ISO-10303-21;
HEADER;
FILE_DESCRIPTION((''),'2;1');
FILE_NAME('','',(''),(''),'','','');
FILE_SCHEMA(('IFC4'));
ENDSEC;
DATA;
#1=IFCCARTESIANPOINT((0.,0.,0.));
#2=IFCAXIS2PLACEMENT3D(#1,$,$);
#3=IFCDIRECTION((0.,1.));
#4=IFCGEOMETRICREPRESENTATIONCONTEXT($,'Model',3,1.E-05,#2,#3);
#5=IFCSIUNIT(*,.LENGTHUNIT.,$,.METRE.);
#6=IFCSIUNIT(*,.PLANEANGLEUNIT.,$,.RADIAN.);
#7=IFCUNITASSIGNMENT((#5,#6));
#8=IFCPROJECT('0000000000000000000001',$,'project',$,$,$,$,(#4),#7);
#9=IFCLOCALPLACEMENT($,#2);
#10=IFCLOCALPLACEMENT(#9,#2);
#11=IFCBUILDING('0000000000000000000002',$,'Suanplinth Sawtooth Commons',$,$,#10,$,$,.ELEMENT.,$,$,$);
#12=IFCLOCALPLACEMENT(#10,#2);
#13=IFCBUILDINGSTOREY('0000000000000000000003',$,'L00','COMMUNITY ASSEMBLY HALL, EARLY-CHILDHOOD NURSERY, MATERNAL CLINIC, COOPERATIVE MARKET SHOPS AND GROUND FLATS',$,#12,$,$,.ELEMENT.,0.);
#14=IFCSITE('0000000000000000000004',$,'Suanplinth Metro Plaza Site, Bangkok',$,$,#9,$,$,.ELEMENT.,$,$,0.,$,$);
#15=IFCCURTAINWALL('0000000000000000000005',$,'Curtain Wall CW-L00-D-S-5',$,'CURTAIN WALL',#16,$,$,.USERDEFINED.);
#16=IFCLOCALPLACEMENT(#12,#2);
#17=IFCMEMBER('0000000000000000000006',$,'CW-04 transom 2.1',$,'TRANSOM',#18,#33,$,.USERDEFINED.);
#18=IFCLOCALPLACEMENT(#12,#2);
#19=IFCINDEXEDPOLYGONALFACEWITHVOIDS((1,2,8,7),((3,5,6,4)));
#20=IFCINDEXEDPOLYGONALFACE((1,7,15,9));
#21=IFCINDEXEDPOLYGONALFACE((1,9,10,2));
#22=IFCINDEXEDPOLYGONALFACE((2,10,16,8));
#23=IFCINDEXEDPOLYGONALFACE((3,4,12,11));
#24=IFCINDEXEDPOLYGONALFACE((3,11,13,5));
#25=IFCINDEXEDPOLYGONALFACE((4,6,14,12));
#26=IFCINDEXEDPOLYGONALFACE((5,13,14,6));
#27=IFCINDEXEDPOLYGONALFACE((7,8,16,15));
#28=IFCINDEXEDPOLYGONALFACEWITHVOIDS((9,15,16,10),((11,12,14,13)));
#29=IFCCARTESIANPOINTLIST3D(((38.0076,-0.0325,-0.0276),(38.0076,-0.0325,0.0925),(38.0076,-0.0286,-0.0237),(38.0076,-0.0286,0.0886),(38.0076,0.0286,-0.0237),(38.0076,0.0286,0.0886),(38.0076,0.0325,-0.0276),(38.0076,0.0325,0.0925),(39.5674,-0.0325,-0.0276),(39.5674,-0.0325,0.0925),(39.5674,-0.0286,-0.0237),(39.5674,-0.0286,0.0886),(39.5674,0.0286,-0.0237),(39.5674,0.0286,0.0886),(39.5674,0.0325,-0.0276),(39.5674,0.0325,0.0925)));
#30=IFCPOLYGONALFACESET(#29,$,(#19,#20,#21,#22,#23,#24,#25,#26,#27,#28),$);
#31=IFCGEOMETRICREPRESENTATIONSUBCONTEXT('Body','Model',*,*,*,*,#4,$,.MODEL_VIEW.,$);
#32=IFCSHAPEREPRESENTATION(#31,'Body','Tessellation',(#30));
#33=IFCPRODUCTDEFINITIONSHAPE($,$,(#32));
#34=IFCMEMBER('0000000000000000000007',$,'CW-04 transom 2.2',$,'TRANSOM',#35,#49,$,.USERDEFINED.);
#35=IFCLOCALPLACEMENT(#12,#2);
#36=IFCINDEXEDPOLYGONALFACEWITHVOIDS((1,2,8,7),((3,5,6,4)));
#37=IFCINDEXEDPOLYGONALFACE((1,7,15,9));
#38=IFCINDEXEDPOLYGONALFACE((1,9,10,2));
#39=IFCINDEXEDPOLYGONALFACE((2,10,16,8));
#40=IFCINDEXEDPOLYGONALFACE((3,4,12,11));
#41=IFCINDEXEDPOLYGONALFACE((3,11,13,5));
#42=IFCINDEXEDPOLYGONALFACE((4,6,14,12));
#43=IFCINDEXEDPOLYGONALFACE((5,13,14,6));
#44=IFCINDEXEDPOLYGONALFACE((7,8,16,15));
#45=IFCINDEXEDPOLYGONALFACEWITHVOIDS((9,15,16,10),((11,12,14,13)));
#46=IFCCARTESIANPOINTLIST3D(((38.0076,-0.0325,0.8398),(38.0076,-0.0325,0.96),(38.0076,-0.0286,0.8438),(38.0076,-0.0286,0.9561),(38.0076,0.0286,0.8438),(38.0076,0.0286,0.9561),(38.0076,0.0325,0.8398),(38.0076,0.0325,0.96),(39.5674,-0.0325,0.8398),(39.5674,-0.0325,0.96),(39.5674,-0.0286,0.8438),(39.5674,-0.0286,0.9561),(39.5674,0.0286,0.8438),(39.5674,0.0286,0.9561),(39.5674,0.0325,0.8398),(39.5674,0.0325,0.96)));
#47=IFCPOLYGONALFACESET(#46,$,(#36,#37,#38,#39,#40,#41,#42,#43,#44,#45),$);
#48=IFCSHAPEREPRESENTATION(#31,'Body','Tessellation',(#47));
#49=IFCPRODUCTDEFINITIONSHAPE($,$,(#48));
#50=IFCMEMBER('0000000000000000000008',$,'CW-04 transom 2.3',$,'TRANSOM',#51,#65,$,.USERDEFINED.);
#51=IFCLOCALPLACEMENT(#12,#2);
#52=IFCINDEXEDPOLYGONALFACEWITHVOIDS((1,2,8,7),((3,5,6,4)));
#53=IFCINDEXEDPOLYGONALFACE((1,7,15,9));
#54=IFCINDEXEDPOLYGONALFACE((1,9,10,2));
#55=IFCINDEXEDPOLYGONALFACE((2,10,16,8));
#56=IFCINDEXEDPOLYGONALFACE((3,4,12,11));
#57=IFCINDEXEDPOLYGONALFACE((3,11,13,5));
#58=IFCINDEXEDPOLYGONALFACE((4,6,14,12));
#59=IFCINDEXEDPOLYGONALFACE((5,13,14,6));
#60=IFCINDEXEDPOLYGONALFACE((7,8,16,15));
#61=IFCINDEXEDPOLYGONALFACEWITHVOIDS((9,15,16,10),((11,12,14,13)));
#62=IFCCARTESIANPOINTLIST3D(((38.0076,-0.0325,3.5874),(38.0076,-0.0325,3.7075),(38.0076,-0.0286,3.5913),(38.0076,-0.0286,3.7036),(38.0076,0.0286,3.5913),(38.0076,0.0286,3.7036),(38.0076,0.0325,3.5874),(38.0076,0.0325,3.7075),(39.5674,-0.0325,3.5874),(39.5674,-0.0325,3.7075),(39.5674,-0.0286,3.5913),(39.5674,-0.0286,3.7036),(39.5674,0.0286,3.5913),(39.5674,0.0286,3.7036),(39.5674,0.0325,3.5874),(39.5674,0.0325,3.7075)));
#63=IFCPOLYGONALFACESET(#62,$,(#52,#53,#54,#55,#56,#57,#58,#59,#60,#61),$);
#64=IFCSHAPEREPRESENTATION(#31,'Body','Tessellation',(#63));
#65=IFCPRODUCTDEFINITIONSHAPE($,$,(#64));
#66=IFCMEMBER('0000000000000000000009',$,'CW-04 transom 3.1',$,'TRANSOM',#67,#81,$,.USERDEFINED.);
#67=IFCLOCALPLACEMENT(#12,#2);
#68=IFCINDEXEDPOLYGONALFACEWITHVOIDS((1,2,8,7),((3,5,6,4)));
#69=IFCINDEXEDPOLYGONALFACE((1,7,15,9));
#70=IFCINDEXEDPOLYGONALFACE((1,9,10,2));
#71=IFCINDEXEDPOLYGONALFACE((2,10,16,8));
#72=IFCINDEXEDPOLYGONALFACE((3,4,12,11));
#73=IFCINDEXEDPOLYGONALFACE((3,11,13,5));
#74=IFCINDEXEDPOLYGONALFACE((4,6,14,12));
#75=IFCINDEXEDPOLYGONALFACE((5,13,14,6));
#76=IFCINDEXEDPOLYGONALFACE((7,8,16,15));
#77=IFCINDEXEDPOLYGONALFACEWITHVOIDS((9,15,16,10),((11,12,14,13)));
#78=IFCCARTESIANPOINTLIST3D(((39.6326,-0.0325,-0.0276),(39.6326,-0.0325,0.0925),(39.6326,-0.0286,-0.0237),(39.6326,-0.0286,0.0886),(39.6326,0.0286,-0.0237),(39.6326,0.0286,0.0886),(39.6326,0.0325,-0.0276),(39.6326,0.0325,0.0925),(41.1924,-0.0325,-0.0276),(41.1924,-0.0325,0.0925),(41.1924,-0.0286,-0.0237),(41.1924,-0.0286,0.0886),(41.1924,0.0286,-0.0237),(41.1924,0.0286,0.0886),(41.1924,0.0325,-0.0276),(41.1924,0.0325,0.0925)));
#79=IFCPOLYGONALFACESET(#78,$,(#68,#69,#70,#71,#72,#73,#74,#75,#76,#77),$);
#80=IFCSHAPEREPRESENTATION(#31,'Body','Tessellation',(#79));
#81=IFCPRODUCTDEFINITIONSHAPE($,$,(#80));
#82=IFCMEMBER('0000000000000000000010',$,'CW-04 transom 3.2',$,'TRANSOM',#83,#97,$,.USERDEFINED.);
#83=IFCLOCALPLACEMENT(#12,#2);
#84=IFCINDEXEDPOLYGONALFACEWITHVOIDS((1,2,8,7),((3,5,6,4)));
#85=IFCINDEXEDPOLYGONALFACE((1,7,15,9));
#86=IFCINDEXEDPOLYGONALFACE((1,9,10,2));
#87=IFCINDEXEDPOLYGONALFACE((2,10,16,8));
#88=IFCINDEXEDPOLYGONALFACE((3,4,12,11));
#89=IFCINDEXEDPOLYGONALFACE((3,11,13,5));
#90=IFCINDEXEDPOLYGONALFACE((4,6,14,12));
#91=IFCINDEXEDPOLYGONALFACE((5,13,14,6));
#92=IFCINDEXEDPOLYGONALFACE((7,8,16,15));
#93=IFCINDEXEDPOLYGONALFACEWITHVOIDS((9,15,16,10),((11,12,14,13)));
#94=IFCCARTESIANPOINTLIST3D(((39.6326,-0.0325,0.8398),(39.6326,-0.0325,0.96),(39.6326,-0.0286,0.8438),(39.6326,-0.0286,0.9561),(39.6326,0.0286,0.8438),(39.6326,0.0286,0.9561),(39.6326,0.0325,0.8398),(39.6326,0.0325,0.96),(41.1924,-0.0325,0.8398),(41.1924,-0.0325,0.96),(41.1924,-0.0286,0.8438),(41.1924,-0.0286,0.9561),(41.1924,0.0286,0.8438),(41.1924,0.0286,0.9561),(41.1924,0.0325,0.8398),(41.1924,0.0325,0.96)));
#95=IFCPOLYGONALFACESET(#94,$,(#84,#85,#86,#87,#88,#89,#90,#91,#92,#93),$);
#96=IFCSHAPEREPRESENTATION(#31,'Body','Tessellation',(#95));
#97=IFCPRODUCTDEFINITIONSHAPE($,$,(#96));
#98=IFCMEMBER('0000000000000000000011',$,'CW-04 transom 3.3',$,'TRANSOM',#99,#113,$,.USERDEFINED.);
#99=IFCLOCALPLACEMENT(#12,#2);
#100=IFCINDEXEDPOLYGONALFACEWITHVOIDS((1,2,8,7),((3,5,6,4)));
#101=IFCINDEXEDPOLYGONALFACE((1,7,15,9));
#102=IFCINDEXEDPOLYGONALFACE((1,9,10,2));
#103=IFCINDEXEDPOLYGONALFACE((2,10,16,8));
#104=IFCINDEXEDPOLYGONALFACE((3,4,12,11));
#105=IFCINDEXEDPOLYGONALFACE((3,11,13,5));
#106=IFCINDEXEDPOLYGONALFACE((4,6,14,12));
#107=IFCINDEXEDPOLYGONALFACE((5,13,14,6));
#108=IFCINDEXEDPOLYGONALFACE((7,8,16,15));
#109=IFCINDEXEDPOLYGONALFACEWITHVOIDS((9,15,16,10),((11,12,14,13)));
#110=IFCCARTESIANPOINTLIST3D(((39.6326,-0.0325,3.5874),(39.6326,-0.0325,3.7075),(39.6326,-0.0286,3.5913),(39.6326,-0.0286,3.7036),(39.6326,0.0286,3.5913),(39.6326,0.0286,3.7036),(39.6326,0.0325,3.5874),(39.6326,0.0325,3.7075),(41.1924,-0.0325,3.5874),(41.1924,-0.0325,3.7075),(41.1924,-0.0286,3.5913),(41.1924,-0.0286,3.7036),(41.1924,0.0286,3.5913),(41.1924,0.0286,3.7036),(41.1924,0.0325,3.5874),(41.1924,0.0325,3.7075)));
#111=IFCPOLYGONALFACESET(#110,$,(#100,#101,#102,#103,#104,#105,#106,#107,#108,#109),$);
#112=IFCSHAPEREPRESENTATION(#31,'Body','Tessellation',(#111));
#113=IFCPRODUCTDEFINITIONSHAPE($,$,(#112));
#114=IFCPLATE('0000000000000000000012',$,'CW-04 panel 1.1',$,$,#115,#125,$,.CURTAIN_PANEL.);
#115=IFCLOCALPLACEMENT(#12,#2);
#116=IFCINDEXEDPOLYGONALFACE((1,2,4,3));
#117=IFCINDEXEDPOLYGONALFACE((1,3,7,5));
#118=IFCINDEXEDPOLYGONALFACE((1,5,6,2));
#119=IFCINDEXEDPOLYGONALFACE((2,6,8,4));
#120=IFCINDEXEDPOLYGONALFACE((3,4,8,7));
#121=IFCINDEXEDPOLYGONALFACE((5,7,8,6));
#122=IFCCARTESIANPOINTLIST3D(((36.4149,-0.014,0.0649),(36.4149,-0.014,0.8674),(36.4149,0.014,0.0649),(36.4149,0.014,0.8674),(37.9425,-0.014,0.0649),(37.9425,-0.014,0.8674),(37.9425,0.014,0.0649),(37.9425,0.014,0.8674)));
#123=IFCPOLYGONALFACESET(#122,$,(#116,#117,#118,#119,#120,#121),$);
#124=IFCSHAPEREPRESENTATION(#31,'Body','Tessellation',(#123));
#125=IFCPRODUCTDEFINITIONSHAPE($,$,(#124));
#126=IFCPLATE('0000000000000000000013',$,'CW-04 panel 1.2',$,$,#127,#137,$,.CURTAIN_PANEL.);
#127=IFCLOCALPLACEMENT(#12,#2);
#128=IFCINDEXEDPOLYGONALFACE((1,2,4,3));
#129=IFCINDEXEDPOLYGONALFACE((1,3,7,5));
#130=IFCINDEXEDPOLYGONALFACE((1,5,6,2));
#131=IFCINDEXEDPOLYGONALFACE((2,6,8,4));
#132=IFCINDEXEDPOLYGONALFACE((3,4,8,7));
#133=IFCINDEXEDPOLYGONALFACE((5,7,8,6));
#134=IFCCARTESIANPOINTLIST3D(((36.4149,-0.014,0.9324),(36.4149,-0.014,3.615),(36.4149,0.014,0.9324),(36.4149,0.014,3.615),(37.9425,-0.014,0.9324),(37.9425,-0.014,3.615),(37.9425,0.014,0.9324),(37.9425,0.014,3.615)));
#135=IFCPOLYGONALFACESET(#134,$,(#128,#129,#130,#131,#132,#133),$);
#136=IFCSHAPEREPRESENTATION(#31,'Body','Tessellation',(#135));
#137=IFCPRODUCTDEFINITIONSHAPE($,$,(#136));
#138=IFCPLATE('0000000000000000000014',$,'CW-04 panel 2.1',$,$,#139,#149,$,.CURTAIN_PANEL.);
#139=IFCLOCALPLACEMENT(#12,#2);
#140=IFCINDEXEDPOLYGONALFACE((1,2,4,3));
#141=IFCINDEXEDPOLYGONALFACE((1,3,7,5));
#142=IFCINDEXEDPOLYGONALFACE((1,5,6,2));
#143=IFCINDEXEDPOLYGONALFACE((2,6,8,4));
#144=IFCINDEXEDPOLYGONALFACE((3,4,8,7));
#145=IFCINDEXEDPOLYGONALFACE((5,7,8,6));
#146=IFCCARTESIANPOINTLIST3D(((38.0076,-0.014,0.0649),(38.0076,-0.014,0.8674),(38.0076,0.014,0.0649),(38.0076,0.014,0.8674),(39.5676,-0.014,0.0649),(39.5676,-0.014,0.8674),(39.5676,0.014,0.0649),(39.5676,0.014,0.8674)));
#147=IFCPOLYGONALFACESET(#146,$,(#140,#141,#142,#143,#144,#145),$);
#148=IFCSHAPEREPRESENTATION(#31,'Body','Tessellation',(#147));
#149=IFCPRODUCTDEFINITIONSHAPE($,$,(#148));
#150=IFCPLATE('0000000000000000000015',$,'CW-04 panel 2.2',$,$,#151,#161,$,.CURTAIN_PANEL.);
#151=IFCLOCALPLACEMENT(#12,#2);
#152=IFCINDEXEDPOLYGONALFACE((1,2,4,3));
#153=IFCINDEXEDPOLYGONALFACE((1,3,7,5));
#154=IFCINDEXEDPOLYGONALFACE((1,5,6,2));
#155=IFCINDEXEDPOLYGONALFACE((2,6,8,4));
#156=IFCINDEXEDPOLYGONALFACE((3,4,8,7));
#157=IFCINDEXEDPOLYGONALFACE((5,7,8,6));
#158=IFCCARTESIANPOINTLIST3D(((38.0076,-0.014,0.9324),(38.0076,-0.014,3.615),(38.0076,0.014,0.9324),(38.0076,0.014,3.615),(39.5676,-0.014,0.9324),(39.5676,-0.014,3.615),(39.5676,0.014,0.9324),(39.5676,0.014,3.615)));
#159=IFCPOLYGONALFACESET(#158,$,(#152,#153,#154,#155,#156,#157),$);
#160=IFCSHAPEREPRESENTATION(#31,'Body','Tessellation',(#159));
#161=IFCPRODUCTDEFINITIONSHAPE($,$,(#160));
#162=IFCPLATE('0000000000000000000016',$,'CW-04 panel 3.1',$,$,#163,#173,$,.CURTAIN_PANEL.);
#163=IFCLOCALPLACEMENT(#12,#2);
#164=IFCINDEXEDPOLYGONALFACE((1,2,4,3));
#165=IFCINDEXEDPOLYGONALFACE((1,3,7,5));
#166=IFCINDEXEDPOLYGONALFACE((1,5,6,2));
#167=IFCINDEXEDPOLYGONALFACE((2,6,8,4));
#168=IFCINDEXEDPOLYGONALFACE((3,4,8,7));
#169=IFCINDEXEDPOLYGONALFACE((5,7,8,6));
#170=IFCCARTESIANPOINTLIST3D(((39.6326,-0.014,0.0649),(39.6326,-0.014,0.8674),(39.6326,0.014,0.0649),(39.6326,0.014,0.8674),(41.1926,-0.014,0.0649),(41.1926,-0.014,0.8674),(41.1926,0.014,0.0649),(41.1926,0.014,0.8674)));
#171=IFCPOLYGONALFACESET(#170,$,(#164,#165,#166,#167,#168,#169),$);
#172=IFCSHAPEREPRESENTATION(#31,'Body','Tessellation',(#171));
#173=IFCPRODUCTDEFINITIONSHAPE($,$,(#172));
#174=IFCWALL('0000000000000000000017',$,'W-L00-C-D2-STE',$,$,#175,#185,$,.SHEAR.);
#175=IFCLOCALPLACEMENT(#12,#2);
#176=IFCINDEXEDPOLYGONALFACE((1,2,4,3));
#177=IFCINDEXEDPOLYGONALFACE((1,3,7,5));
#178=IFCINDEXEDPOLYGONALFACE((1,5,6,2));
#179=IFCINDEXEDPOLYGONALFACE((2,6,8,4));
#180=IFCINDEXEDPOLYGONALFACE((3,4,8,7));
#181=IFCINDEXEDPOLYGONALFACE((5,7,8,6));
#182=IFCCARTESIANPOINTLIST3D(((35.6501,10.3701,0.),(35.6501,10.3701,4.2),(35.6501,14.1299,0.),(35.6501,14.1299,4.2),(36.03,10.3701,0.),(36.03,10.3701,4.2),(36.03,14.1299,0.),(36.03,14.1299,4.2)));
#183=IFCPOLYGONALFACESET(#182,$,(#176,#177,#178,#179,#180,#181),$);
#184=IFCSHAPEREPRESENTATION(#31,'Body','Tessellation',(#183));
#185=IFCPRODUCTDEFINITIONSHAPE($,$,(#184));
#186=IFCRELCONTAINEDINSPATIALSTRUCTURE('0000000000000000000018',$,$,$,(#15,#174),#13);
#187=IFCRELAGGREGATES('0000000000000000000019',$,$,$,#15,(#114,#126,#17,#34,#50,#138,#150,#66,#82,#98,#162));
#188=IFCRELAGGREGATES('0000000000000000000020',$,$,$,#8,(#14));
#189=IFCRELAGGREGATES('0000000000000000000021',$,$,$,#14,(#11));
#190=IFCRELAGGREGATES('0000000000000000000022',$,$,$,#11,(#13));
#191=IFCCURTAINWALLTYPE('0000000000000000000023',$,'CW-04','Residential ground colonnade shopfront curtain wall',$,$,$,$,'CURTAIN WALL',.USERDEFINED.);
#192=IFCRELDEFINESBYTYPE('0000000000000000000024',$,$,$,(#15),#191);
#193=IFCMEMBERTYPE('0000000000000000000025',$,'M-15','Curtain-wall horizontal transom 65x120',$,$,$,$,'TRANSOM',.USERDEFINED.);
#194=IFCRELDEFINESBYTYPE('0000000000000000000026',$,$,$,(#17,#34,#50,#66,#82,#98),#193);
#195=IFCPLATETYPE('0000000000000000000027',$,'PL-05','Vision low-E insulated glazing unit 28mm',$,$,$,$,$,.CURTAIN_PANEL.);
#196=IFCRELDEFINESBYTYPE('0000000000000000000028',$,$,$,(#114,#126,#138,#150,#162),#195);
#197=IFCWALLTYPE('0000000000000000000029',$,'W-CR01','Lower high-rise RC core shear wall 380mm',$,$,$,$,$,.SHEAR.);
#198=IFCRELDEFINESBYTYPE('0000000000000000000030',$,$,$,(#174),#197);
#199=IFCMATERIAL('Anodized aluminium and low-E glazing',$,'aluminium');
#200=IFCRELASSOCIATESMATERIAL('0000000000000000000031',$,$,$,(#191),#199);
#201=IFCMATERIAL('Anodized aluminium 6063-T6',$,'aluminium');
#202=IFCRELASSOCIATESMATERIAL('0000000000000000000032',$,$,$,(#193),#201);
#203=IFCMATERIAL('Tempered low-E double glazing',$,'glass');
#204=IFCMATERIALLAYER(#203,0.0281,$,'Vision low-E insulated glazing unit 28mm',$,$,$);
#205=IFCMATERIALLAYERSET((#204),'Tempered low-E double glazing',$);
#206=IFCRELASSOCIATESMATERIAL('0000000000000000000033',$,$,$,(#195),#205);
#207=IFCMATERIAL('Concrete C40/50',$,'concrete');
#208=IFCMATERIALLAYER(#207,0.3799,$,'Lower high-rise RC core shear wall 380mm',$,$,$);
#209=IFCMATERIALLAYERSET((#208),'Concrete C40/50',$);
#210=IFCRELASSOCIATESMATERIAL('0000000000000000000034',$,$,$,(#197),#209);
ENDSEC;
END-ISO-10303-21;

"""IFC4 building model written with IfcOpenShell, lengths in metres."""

from ifc_helpers import new_model, si_unit, direction, frame, frame_2d, origin, origin_2d, place, context, subcontext, project, spatial, rectangle, hollow_rectangle, extrude, material, layer, layer_set, material_profile, profile_set, type_object, element, aggregate, save


model = new_model("IFC4")

# Units and contexts
model_context = context("Model", 3, precision=1e-05, world=origin(), true_north=direction((0.0, 1.0)))
body_context = subcontext(model_context, "Body", "Model", "MODEL_VIEW")
ifc_project = project(units=[si_unit("LENGTHUNIT", "METRE"), si_unit("PLANEANGLEUNIT", "RADIAN")], contexts=[model_context])

# Site, building, storey
site_placement = place(None, origin())
site = spatial("IfcSite", under=ifc_project, at=site_placement, Name="Suanplinth Metro Plaza Site, Bangkok", CompositionType="ELEMENT", RefElevation=0.0)
building_placement = place(site_placement, origin())
building = spatial("IfcBuilding", under=site, at=building_placement, Name="Suanplinth Sawtooth Commons", CompositionType="ELEMENT")
storey_placement = place(building_placement, origin())
storey = spatial("IfcBuildingStorey", under=building, at=storey_placement, Name="L00", Description="COMMUNITY ASSEMBLY HALL, EARLY-CHILDHOOD NURSERY, MATERNAL CLINIC, COOPERATIVE MARKET SHOPS AND GROUND FLATS", CompositionType="ELEMENT", Elevation=0.0)

# Shared definitions
ifc_material_1 = material(Name="Concrete C40/50", Category="concrete")

# Curtain wall, members, plates
ifc_material_2 = material(Name="Anodized aluminium and low-E glazing", Category="aluminium")
curtain_wall_type = type_object("IfcCurtainWallType", Name="CW-04", Description="Residential ground colonnade shopfront curtain wall", ElementType="CURTAIN WALL", PredefinedType="USERDEFINED", material=ifc_material_2)
curtain_wall_placement = place(storey_placement, origin())
curtain_wall = element("IfcCurtainWall", 1, at=curtain_wall_placement, inside=storey, type_object=curtain_wall_type, Name="Curtain Wall CW-L00-D-S-5", ObjectType="CURTAIN WALL", PredefinedType="USERDEFINED")
ifc_material_3 = material(Name="Anodized aluminium 6063-T6", Category="aluminium")
ifc_material_profile_1 = material_profile(ifc_material_3, hollow_rectangle(XDim=0.0649, YDim=0.1201, WallThickness=0.0039, at=origin_2d()), Name="ALU-TRN 65x120")
ifc_profile_set_1 = profile_set([ifc_material_profile_1], Name="Anodized aluminium 6063-T6")
member_type_1 = type_object("IfcMemberType", Name="M-15", Description="Curtain-wall horizontal transom 65x120", ElementType="TRANSOM", PredefinedType="USERDEFINED", material=ifc_profile_set_1)
member_1_placement = place(storey_placement, frame((38.0076, 0.0, 0.0325), z_axis=(1.0, 0.0, 0.0), x_axis=(0.0, 1.0, 0.0)))
member_1 = element("IfcMember", 2, at=member_1_placement, type_object=member_type_1, Name="CW-04 transom 2.1", ObjectType="TRANSOM", PredefinedType="USERDEFINED", context=body_context, shape_type="SweptSolid", body=[
    extrude(hollow_rectangle(XDim=0.0649, YDim=0.1201, WallThickness=0.0039, at=origin_2d()), origin(), (0.0, 0.0, 1.0), 1.5598),
])
member_2_placement = place(storey_placement, frame((38.0076, 0.0, 0.8999), z_axis=(1.0, 0.0, 0.0), x_axis=(0.0, 1.0, 0.0)))
member_2 = element("IfcMember", 3, at=member_2_placement, type_object=member_type_1, Name="CW-04 transom 2.2", ObjectType="TRANSOM", PredefinedType="USERDEFINED", context=body_context, shape_type="SweptSolid", body=[
    extrude(hollow_rectangle(XDim=0.0649, YDim=0.1201, WallThickness=0.0039, at=origin_2d()), origin(), (0.0, 0.0, 1.0), 1.5598),
])
member_3_placement = place(storey_placement, frame((38.0076, 0.0, 3.6475), z_axis=(1.0, 0.0, 0.0), x_axis=(0.0, 1.0, 0.0)))
member_3 = element("IfcMember", 4, at=member_3_placement, type_object=member_type_1, Name="CW-04 transom 2.3", ObjectType="TRANSOM", PredefinedType="USERDEFINED", context=body_context, shape_type="SweptSolid", body=[
    extrude(hollow_rectangle(XDim=0.0649, YDim=0.1201, WallThickness=0.0039, at=origin_2d()), origin(), (0.0, 0.0, 1.0), 1.5598),
])
member_4_placement = place(storey_placement, frame((39.6326, 0.0, 0.0325), z_axis=(1.0, 0.0, 0.0), x_axis=(0.0, 1.0, 0.0)))
member_4 = element("IfcMember", 5, at=member_4_placement, type_object=member_type_1, Name="CW-04 transom 3.1", ObjectType="TRANSOM", PredefinedType="USERDEFINED", context=body_context, shape_type="SweptSolid", body=[
    extrude(hollow_rectangle(XDim=0.0649, YDim=0.1201, WallThickness=0.0039, at=origin_2d()), origin(), (0.0, 0.0, 1.0), 1.5598),
])
member_5_placement = place(storey_placement, frame((39.6326, 0.0, 0.8999), z_axis=(1.0, 0.0, 0.0), x_axis=(0.0, 1.0, 0.0)))
member_5 = element("IfcMember", 6, at=member_5_placement, type_object=member_type_1, Name="CW-04 transom 3.2", ObjectType="TRANSOM", PredefinedType="USERDEFINED", context=body_context, shape_type="SweptSolid", body=[
    extrude(hollow_rectangle(XDim=0.0649, YDim=0.1201, WallThickness=0.0039, at=origin_2d()), origin(), (0.0, 0.0, 1.0), 1.5598),
])
member_6_placement = place(storey_placement, frame((39.6326, 0.0, 3.6475), z_axis=(1.0, 0.0, 0.0), x_axis=(0.0, 1.0, 0.0)))
member_6 = element("IfcMember", 7, at=member_6_placement, type_object=member_type_1, Name="CW-04 transom 3.3", ObjectType="TRANSOM", PredefinedType="USERDEFINED", context=body_context, shape_type="SweptSolid", body=[
    extrude(hollow_rectangle(XDim=0.0649, YDim=0.1201, WallThickness=0.0039, at=origin_2d()), origin(), (0.0, 0.0, 1.0), 1.5598),
])
ifc_material_4 = material(Name="Tempered low-E double glazing", Category="glass")
ifc_layer_1 = layer(ifc_material_4, 0.0281, Name="Vision low-E insulated glazing unit 28mm")
ifc_layer_set_1 = layer_set([ifc_layer_1], Name="Tempered low-E double glazing")
plate_type = type_object("IfcPlateType", Name="PL-05", Description="Vision low-E insulated glazing unit 28mm", PredefinedType="CURTAIN_PANEL", material=ifc_layer_set_1)
plate_1_placement = place(storey_placement, frame((37.1787, 0.0, 0.0649), z_axis=(0.0, 0.0, 1.0), x_axis=(1.0, 0.0, 0.0)))
plate_1 = element("IfcPlate", 8, at=plate_1_placement, type_object=plate_type, Name="CW-04 panel 1.1", PredefinedType="CURTAIN_PANEL", context=body_context, shape_type="SweptSolid", body=[
    extrude(rectangle(XDim=1.5276, YDim=0.0281, at=origin_2d()), origin(), (0.0, 0.0, 1.0), 0.8025),
])
plate_2_placement = place(storey_placement, frame((37.1787, 0.0, 0.9324), z_axis=(0.0, 0.0, 1.0), x_axis=(1.0, 0.0, 0.0)))
plate_2 = element("IfcPlate", 9, at=plate_2_placement, type_object=plate_type, Name="CW-04 panel 1.2", PredefinedType="CURTAIN_PANEL", context=body_context, shape_type="SweptSolid", body=[
    extrude(rectangle(XDim=1.5276, YDim=0.0281, at=origin_2d()), origin(), (0.0, 0.0, 1.0), 2.6826),
])
plate_3_placement = place(storey_placement, frame((38.7876, 0.0, 0.0649), z_axis=(0.0, 0.0, 1.0), x_axis=(1.0, 0.0, 0.0)))
plate_3 = element("IfcPlate", 10, at=plate_3_placement, type_object=plate_type, Name="CW-04 panel 2.1", PredefinedType="CURTAIN_PANEL", context=body_context, shape_type="SweptSolid", body=[
    extrude(rectangle(XDim=1.5601, YDim=0.0281, at=origin_2d()), origin(), (0.0, 0.0, 1.0), 0.8025),
])
plate_4_placement = place(storey_placement, frame((38.7876, 0.0, 0.9324), z_axis=(0.0, 0.0, 1.0), x_axis=(1.0, 0.0, 0.0)))
plate_4 = element("IfcPlate", 11, at=plate_4_placement, type_object=plate_type, Name="CW-04 panel 2.2", PredefinedType="CURTAIN_PANEL", context=body_context, shape_type="SweptSolid", body=[
    extrude(rectangle(XDim=1.5601, YDim=0.0281, at=origin_2d()), origin(), (0.0, 0.0, 1.0), 2.6826),
])
plate_5_placement = place(storey_placement, frame((40.4126, 0.0, 0.0649), z_axis=(0.0, 0.0, 1.0), x_axis=(1.0, 0.0, 0.0)))
plate_5 = element("IfcPlate", 12, at=plate_5_placement, type_object=plate_type, Name="CW-04 panel 3.1", PredefinedType="CURTAIN_PANEL", context=body_context, shape_type="SweptSolid", body=[
    extrude(rectangle(XDim=1.5601, YDim=0.0281, at=origin_2d()), origin(), (0.0, 0.0, 1.0), 0.8025),
])
aggregate(curtain_wall, [plate_1, plate_2, member_1, member_2, member_3, plate_3, plate_4, member_4, member_5, member_6, plate_5])

# Wall
ifc_layer_2 = layer(ifc_material_1, 0.3799, Name="Lower high-rise RC core shear wall 380mm")
ifc_layer_set_2 = layer_set([ifc_layer_2], Name="Concrete C40/50")
wall_type_1 = type_object("IfcWallType", Name="W-CR01", Description="Lower high-rise RC core shear wall 380mm", PredefinedType="SHEAR", material=ifc_layer_set_2)
wall_1_placement = place(storey_placement, frame((35.8401, 10.3701, 0.0), z_axis=(0.0, 0.0, 1.0), x_axis=(0.0, 1.0, 0.0)))
element("IfcWall", 13, at=wall_1_placement, inside=storey, type_object=wall_type_1, Name="W-L00-C-D2-STE", PredefinedType="SHEAR", context=body_context, shape_type="SweptSolid", body=[
    extrude(rectangle(XDim=3.7598, YDim=0.3799, at=frame_2d((1.8799, 0.0))), origin(), (0.0, 0.0, 1.0), 4.2),
])

save(model, "model.ifc")
